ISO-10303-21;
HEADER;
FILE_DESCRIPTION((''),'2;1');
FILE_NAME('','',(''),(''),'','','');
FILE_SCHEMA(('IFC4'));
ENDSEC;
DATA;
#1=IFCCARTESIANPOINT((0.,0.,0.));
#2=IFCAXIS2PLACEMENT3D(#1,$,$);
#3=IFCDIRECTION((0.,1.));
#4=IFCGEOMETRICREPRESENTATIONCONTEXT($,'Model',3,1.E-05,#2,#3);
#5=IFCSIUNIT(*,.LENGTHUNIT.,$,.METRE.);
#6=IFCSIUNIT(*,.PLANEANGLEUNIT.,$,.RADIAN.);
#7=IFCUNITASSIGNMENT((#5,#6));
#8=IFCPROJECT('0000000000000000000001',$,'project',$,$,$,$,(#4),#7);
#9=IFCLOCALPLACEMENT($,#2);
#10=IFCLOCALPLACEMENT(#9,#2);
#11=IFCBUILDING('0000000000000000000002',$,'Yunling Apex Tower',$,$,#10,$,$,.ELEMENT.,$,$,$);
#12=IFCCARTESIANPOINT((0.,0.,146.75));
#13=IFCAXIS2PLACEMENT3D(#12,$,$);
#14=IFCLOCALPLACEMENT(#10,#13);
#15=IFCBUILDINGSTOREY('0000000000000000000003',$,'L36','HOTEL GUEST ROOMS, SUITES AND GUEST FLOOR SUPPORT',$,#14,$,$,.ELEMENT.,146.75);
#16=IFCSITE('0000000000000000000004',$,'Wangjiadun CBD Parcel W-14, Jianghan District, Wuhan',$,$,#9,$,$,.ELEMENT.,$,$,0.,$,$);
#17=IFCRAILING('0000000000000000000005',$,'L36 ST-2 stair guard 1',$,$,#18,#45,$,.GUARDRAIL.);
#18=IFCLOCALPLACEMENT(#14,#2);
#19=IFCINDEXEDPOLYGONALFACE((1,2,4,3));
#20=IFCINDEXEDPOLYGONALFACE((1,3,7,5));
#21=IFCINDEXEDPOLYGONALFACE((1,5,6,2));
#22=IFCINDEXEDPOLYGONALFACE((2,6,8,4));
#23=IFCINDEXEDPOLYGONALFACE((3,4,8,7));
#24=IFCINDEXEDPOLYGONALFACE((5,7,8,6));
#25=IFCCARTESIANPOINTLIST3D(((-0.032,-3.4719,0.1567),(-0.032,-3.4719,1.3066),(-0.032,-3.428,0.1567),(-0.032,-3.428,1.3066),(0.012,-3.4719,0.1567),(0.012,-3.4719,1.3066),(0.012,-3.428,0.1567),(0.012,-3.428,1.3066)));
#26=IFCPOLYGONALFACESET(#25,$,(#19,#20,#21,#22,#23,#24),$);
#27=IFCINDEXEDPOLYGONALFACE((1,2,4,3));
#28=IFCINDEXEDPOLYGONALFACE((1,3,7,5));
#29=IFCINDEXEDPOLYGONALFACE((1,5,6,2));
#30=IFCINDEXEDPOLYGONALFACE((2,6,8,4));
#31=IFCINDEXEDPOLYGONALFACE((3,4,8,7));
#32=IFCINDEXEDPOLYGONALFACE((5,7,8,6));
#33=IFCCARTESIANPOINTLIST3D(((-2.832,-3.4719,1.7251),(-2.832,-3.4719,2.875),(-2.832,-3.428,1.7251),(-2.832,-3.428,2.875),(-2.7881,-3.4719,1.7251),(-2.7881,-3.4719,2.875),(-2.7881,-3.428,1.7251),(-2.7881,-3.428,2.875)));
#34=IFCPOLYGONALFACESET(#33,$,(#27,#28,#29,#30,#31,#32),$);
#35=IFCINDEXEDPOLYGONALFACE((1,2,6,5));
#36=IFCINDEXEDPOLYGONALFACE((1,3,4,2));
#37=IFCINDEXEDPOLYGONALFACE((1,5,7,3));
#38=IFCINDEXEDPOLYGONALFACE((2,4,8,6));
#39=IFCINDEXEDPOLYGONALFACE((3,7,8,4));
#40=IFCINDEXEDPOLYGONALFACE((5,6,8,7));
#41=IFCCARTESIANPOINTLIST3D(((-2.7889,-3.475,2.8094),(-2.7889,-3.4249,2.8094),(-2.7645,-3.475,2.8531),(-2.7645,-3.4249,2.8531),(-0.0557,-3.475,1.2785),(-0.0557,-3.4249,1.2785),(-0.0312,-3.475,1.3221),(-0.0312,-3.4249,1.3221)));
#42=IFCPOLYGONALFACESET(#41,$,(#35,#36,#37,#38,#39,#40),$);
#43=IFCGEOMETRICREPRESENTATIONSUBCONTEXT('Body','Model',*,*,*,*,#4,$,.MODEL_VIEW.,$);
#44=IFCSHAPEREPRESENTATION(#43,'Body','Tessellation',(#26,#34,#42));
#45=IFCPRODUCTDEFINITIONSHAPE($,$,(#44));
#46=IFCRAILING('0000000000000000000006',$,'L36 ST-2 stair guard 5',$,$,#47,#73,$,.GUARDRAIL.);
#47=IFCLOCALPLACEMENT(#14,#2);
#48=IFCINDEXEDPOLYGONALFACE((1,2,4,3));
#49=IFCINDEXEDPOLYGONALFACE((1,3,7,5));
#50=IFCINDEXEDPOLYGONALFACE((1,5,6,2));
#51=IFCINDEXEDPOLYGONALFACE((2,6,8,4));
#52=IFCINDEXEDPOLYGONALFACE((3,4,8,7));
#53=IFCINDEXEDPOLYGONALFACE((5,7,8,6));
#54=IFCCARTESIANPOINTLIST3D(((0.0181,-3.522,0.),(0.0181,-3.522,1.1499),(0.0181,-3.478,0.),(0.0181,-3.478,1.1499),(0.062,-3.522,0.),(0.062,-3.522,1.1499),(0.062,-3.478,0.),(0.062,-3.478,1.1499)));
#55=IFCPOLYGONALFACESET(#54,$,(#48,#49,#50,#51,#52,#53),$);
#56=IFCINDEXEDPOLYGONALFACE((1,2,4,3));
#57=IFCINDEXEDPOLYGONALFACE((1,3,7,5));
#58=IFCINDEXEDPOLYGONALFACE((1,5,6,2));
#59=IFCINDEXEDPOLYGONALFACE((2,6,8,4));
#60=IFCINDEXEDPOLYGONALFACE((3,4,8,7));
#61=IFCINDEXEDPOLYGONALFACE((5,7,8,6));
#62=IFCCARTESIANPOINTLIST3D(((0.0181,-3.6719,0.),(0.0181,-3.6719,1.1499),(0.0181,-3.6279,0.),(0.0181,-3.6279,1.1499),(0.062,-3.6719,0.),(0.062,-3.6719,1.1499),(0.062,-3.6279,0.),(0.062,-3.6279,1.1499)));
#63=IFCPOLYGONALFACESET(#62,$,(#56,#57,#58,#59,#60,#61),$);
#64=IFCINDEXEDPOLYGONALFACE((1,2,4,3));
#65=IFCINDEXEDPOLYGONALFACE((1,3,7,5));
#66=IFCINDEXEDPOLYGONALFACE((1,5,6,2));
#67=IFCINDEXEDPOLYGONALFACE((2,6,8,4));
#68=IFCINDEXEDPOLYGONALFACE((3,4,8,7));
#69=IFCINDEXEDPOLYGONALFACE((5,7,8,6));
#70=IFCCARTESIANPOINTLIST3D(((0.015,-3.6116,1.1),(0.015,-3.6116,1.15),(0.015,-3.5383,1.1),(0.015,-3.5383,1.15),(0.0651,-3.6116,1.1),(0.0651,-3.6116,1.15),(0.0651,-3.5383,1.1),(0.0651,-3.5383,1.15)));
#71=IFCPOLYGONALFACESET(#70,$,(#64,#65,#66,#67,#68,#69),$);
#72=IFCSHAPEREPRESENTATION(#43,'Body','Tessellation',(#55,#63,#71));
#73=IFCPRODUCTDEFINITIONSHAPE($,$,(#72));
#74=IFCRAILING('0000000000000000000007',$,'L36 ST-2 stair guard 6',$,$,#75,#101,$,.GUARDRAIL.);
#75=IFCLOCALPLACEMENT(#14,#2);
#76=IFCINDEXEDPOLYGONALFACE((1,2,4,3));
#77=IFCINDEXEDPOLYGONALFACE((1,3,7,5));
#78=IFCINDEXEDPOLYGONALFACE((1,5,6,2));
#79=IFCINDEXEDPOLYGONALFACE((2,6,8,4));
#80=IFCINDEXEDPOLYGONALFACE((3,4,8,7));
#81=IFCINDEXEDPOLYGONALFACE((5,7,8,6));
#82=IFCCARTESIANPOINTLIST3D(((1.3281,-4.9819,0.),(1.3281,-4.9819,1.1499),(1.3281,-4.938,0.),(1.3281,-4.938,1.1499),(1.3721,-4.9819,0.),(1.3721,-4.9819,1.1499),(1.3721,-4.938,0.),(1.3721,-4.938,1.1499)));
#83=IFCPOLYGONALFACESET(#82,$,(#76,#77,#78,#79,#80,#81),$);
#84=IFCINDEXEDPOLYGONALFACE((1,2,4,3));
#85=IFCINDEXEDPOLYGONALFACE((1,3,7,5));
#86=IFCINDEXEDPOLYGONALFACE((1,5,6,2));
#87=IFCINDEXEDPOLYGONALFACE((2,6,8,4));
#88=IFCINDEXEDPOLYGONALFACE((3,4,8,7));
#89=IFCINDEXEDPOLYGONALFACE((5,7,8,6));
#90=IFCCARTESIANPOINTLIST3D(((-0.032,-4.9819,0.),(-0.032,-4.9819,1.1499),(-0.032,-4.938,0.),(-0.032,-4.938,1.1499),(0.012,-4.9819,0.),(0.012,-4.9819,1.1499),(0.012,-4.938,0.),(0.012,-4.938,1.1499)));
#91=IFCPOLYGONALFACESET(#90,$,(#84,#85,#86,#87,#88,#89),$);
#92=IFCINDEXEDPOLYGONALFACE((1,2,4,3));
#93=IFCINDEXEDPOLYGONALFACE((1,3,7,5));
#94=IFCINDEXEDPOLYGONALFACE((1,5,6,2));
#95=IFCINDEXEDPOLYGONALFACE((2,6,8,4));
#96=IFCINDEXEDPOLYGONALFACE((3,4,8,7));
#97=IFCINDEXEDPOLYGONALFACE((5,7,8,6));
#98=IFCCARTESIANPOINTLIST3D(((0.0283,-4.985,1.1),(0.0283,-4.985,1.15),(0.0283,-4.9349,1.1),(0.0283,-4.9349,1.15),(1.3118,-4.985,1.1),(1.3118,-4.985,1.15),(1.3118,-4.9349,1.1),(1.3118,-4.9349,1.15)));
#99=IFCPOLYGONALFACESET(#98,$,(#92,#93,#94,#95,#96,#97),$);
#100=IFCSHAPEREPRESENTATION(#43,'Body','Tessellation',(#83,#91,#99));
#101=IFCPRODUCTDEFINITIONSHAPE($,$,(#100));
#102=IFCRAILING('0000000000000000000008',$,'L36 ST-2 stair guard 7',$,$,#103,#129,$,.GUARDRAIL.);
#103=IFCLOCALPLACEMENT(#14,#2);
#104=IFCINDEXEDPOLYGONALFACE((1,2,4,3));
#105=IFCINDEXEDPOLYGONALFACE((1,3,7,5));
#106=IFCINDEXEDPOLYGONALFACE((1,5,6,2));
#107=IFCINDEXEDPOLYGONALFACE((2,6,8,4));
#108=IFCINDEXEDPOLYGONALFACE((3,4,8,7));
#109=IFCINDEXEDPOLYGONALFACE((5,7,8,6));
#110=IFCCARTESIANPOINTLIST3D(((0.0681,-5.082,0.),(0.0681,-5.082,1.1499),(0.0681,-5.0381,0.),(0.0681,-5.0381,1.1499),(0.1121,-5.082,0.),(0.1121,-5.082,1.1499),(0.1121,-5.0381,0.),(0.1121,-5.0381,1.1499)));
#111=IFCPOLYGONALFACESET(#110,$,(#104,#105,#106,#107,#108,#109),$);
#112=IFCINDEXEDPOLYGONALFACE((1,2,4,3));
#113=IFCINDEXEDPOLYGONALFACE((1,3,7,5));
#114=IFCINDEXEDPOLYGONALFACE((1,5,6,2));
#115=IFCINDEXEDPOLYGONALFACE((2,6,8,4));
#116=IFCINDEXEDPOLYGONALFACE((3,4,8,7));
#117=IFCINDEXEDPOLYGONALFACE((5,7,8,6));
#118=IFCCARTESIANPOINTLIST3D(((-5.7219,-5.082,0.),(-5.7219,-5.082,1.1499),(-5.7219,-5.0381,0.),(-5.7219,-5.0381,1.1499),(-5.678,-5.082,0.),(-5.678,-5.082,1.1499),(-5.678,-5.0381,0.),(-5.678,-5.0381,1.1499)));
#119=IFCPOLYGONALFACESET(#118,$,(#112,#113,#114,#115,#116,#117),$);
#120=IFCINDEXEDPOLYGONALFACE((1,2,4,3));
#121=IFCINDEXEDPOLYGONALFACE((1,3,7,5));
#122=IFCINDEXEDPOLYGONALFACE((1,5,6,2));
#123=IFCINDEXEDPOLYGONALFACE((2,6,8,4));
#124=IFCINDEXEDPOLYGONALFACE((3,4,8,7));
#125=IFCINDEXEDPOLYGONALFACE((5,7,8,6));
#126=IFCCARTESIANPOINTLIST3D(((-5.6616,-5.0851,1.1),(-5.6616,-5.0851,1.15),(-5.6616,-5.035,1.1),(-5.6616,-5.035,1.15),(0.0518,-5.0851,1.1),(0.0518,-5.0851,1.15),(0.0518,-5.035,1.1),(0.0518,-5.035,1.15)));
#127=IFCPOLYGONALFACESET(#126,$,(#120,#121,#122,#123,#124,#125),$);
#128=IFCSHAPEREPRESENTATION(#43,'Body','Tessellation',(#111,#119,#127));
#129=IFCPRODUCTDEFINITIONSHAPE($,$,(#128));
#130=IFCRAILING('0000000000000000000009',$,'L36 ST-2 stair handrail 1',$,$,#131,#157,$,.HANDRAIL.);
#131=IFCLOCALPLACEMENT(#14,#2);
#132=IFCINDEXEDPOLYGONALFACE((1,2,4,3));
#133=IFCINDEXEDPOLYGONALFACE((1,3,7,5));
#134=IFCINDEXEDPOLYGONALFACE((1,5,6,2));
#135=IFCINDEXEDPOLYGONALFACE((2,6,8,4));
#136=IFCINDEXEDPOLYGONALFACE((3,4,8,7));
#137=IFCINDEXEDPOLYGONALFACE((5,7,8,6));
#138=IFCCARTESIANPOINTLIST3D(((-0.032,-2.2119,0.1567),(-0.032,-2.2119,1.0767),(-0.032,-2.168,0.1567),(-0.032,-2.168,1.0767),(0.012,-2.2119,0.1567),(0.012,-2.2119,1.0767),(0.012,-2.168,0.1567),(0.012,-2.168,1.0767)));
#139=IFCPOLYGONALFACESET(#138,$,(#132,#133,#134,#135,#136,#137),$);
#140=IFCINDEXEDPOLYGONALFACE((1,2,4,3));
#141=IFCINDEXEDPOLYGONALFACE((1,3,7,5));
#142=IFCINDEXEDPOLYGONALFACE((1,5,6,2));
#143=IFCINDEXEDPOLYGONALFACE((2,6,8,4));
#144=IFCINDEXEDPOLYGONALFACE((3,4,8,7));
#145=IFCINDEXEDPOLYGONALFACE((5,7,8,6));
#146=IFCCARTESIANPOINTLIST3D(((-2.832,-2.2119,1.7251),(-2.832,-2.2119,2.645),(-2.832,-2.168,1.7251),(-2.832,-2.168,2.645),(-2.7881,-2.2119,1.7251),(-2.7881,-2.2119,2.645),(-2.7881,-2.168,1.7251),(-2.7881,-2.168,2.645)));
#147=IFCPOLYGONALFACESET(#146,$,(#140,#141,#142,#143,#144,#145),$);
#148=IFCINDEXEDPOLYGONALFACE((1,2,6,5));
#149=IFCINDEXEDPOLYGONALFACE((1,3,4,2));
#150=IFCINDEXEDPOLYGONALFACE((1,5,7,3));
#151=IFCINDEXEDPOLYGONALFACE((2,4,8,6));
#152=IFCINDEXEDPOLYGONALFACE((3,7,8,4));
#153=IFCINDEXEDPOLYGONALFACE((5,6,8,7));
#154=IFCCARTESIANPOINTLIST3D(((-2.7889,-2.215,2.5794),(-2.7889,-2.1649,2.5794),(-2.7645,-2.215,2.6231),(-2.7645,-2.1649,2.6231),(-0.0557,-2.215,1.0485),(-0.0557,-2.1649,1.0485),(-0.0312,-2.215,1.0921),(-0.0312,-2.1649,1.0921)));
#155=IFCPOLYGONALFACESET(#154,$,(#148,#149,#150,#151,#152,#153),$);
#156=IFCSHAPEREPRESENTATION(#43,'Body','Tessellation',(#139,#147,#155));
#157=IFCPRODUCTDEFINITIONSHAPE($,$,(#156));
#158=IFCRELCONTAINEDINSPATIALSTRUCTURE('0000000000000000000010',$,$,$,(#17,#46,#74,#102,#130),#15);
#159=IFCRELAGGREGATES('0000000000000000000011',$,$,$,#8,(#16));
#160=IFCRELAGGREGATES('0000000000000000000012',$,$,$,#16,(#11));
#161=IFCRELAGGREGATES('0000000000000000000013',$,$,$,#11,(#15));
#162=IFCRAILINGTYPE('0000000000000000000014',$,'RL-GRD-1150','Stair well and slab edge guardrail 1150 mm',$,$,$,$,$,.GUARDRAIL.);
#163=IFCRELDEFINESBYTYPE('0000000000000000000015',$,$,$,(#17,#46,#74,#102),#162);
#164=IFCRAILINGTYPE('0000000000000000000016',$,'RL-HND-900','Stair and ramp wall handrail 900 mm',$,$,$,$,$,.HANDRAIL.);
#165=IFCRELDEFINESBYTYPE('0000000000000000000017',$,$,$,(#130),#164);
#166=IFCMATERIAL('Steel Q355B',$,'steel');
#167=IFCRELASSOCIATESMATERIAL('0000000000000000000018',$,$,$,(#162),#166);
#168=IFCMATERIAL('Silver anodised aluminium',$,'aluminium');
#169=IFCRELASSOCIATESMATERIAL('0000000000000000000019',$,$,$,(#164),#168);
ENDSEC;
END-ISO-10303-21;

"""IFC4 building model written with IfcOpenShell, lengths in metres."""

from ifc_helpers import new_model, si_unit, direction, frame, origin, origin_2d, place, context, subcontext, project, spatial, rectangle, extrude, material, type_object, element, save


model = new_model("IFC4")

# Units and contexts
model_context = context("Model", 3, precision=1e-05, world=origin(), true_north=direction((0.0, 1.0)))
body_context = subcontext(model_context, "Body", "Model", "MODEL_VIEW")
ifc_project = project(units=[si_unit("LENGTHUNIT", "METRE"), si_unit("PLANEANGLEUNIT", "RADIAN")], contexts=[model_context])

# Site, building, storey
site_placement = place(None, origin())
site = spatial("IfcSite", under=ifc_project, at=site_placement, Name="Wangjiadun CBD Parcel W-14, Jianghan District, Wuhan", CompositionType="ELEMENT", RefElevation=0.0)
building_placement = place(site_placement, origin())
building = spatial("IfcBuilding", under=site, at=building_placement, Name="Yunling Apex Tower", CompositionType="ELEMENT")
storey_placement = place(building_placement, frame((0.0, 0.0, 146.75)))
storey = spatial("IfcBuildingStorey", under=building, at=storey_placement, Name="L36", Description="HOTEL GUEST ROOMS, SUITES AND GUEST FLOOR SUPPORT", CompositionType="ELEMENT", Elevation=146.75)

# Shared definitions
ifc_material_1 = material(Name="Steel Q355B", Category="steel")

# Railings
railing_type_1 = type_object("IfcRailingType", Name="RL-GRD-1150", Description="Stair well and slab edge guardrail 1150 mm", PredefinedType="GUARDRAIL", material=ifc_material_1)
railing_1_placement = place(storey_placement, frame((-0.01, -3.45, 0.1567)))
element("IfcRailing", 1, at=railing_1_placement, inside=storey, type_object=railing_type_1, Name="L36 ST-2 stair guard 1", PredefinedType="GUARDRAIL", context=body_context, shape_type="SweptSolid", body=[
    extrude(rectangle(XDim=0.0439, YDim=0.0439, at=origin_2d()), origin(), (0.0, 0.0, 1.0), 1.1499),
    extrude(rectangle(XDim=0.0439, YDim=0.0439, at=origin_2d()), frame((-2.8, 0.0, 1.5684)), (0.0, 0.0, 1.0), 1.1499),
    extrude(rectangle(XDim=0.05, YDim=0.05, at=origin_2d()), frame((-0.0334, 0.0, 1.1436), z_axis=(-0.872462, 0.0, 0.488682), x_axis=(0.0, -1.0, 0.0)), (0.0, 0.0, 1.0), 3.1328),
])
railing_2_placement = place(storey_placement, frame((0.04, -3.5, 0.0)))
element("IfcRailing", 2, at=railing_2_placement, inside=storey, type_object=railing_type_1, Name="L36 ST-2 stair guard 5", PredefinedType="GUARDRAIL", context=body_context, shape_type="SweptSolid", body=[
    extrude(rectangle(XDim=0.0439, YDim=0.0439, at=origin_2d()), origin(), (0.0, 0.0, 1.0), 1.1499),
    extrude(rectangle(XDim=0.0439, YDim=0.0439, at=origin_2d()), frame((0.0, -0.1499, 0.0)), (0.0, 0.0, 1.0), 1.1499),
    extrude(rectangle(XDim=0.05, YDim=0.05, at=origin_2d()), frame((0.0, -0.0383, 1.125), z_axis=(0.0, -1.0, 0.0), x_axis=(1.0, 0.0, 0.0)), (0.0, 0.0, 1.0), 0.0732),
])
railing_3_placement = place(storey_placement, frame((1.3501, -4.96, 0.0)))
element("IfcRailing", 3, at=railing_3_placement, inside=storey, type_object=railing_type_1, Name="L36 ST-2 stair guard 6", PredefinedType="GUARDRAIL", context=body_context, shape_type="SweptSolid", body=[
    extrude(rectangle(XDim=0.0439, YDim=0.0439, at=origin_2d()), origin(), (0.0, 0.0, 1.0), 1.1499),
    extrude(rectangle(XDim=0.0439, YDim=0.0439, at=origin_2d()), frame((-1.3601, 0.0, 0.0)), (0.0, 0.0, 1.0), 1.1499),
    extrude(rectangle(XDim=0.05, YDim=0.05, at=origin_2d()), frame((-0.0383, 0.0, 1.125), z_axis=(-1.0, 0.0, 0.0), x_axis=(0.0, -1.0, 0.0)), (0.0, 0.0, 1.0), 1.2834),
])
railing_4_placement = place(storey_placement, frame((0.0901, -5.0601, 0.0)))
element("IfcRailing", 4, at=railing_4_placement, inside=storey, type_object=railing_type_1, Name="L36 ST-2 stair guard 7", PredefinedType="GUARDRAIL", context=body_context, shape_type="SweptSolid", body=[
    extrude(rectangle(XDim=0.0439, YDim=0.0439, at=origin_2d()), origin(), (0.0, 0.0, 1.0), 1.1499),
    extrude(rectangle(XDim=0.0439, YDim=0.0439, at=origin_2d()), frame((-5.79, 0.0, 0.0)), (0.0, 0.0, 1.0), 1.1499),
    extrude(rectangle(XDim=0.05, YDim=0.05, at=origin_2d()), frame((-0.0383, 0.0, 1.125), z_axis=(-1.0, 0.0, 0.0), x_axis=(0.0, -1.0, 0.0)), (0.0, 0.0, 1.0), 5.7134),
])
ifc_material_2 = material(Name="Silver anodised aluminium", Category="aluminium")
railing_type_2 = type_object("IfcRailingType", Name="RL-HND-900", Description="Stair and ramp wall handrail 900 mm", PredefinedType="HANDRAIL", material=ifc_material_2)
railing_5_placement = place(storey_placement, frame((-0.01, -2.1899, 0.1567)))
element("IfcRailing", 5, at=railing_5_placement, inside=storey, type_object=railing_type_2, Name="L36 ST-2 stair handrail 1", PredefinedType="HANDRAIL", context=body_context, shape_type="SweptSolid", body=[
    extrude(rectangle(XDim=0.0439, YDim=0.0439, at=origin_2d()), origin(), (0.0, 0.0, 1.0), 0.9199),
    extrude(rectangle(XDim=0.0439, YDim=0.0439, at=origin_2d()), frame((-2.8, 0.0, 1.5684)), (0.0, 0.0, 1.0), 0.9199),
    extrude(rectangle(XDim=0.05, YDim=0.05, at=origin_2d()), frame((-0.0334, 0.0, 0.9136), z_axis=(-0.872462, 0.0, 0.488682), x_axis=(0.0, -1.0, 0.0)), (0.0, 0.0, 1.0), 3.1328),
])

save(model, "model.ifc")
